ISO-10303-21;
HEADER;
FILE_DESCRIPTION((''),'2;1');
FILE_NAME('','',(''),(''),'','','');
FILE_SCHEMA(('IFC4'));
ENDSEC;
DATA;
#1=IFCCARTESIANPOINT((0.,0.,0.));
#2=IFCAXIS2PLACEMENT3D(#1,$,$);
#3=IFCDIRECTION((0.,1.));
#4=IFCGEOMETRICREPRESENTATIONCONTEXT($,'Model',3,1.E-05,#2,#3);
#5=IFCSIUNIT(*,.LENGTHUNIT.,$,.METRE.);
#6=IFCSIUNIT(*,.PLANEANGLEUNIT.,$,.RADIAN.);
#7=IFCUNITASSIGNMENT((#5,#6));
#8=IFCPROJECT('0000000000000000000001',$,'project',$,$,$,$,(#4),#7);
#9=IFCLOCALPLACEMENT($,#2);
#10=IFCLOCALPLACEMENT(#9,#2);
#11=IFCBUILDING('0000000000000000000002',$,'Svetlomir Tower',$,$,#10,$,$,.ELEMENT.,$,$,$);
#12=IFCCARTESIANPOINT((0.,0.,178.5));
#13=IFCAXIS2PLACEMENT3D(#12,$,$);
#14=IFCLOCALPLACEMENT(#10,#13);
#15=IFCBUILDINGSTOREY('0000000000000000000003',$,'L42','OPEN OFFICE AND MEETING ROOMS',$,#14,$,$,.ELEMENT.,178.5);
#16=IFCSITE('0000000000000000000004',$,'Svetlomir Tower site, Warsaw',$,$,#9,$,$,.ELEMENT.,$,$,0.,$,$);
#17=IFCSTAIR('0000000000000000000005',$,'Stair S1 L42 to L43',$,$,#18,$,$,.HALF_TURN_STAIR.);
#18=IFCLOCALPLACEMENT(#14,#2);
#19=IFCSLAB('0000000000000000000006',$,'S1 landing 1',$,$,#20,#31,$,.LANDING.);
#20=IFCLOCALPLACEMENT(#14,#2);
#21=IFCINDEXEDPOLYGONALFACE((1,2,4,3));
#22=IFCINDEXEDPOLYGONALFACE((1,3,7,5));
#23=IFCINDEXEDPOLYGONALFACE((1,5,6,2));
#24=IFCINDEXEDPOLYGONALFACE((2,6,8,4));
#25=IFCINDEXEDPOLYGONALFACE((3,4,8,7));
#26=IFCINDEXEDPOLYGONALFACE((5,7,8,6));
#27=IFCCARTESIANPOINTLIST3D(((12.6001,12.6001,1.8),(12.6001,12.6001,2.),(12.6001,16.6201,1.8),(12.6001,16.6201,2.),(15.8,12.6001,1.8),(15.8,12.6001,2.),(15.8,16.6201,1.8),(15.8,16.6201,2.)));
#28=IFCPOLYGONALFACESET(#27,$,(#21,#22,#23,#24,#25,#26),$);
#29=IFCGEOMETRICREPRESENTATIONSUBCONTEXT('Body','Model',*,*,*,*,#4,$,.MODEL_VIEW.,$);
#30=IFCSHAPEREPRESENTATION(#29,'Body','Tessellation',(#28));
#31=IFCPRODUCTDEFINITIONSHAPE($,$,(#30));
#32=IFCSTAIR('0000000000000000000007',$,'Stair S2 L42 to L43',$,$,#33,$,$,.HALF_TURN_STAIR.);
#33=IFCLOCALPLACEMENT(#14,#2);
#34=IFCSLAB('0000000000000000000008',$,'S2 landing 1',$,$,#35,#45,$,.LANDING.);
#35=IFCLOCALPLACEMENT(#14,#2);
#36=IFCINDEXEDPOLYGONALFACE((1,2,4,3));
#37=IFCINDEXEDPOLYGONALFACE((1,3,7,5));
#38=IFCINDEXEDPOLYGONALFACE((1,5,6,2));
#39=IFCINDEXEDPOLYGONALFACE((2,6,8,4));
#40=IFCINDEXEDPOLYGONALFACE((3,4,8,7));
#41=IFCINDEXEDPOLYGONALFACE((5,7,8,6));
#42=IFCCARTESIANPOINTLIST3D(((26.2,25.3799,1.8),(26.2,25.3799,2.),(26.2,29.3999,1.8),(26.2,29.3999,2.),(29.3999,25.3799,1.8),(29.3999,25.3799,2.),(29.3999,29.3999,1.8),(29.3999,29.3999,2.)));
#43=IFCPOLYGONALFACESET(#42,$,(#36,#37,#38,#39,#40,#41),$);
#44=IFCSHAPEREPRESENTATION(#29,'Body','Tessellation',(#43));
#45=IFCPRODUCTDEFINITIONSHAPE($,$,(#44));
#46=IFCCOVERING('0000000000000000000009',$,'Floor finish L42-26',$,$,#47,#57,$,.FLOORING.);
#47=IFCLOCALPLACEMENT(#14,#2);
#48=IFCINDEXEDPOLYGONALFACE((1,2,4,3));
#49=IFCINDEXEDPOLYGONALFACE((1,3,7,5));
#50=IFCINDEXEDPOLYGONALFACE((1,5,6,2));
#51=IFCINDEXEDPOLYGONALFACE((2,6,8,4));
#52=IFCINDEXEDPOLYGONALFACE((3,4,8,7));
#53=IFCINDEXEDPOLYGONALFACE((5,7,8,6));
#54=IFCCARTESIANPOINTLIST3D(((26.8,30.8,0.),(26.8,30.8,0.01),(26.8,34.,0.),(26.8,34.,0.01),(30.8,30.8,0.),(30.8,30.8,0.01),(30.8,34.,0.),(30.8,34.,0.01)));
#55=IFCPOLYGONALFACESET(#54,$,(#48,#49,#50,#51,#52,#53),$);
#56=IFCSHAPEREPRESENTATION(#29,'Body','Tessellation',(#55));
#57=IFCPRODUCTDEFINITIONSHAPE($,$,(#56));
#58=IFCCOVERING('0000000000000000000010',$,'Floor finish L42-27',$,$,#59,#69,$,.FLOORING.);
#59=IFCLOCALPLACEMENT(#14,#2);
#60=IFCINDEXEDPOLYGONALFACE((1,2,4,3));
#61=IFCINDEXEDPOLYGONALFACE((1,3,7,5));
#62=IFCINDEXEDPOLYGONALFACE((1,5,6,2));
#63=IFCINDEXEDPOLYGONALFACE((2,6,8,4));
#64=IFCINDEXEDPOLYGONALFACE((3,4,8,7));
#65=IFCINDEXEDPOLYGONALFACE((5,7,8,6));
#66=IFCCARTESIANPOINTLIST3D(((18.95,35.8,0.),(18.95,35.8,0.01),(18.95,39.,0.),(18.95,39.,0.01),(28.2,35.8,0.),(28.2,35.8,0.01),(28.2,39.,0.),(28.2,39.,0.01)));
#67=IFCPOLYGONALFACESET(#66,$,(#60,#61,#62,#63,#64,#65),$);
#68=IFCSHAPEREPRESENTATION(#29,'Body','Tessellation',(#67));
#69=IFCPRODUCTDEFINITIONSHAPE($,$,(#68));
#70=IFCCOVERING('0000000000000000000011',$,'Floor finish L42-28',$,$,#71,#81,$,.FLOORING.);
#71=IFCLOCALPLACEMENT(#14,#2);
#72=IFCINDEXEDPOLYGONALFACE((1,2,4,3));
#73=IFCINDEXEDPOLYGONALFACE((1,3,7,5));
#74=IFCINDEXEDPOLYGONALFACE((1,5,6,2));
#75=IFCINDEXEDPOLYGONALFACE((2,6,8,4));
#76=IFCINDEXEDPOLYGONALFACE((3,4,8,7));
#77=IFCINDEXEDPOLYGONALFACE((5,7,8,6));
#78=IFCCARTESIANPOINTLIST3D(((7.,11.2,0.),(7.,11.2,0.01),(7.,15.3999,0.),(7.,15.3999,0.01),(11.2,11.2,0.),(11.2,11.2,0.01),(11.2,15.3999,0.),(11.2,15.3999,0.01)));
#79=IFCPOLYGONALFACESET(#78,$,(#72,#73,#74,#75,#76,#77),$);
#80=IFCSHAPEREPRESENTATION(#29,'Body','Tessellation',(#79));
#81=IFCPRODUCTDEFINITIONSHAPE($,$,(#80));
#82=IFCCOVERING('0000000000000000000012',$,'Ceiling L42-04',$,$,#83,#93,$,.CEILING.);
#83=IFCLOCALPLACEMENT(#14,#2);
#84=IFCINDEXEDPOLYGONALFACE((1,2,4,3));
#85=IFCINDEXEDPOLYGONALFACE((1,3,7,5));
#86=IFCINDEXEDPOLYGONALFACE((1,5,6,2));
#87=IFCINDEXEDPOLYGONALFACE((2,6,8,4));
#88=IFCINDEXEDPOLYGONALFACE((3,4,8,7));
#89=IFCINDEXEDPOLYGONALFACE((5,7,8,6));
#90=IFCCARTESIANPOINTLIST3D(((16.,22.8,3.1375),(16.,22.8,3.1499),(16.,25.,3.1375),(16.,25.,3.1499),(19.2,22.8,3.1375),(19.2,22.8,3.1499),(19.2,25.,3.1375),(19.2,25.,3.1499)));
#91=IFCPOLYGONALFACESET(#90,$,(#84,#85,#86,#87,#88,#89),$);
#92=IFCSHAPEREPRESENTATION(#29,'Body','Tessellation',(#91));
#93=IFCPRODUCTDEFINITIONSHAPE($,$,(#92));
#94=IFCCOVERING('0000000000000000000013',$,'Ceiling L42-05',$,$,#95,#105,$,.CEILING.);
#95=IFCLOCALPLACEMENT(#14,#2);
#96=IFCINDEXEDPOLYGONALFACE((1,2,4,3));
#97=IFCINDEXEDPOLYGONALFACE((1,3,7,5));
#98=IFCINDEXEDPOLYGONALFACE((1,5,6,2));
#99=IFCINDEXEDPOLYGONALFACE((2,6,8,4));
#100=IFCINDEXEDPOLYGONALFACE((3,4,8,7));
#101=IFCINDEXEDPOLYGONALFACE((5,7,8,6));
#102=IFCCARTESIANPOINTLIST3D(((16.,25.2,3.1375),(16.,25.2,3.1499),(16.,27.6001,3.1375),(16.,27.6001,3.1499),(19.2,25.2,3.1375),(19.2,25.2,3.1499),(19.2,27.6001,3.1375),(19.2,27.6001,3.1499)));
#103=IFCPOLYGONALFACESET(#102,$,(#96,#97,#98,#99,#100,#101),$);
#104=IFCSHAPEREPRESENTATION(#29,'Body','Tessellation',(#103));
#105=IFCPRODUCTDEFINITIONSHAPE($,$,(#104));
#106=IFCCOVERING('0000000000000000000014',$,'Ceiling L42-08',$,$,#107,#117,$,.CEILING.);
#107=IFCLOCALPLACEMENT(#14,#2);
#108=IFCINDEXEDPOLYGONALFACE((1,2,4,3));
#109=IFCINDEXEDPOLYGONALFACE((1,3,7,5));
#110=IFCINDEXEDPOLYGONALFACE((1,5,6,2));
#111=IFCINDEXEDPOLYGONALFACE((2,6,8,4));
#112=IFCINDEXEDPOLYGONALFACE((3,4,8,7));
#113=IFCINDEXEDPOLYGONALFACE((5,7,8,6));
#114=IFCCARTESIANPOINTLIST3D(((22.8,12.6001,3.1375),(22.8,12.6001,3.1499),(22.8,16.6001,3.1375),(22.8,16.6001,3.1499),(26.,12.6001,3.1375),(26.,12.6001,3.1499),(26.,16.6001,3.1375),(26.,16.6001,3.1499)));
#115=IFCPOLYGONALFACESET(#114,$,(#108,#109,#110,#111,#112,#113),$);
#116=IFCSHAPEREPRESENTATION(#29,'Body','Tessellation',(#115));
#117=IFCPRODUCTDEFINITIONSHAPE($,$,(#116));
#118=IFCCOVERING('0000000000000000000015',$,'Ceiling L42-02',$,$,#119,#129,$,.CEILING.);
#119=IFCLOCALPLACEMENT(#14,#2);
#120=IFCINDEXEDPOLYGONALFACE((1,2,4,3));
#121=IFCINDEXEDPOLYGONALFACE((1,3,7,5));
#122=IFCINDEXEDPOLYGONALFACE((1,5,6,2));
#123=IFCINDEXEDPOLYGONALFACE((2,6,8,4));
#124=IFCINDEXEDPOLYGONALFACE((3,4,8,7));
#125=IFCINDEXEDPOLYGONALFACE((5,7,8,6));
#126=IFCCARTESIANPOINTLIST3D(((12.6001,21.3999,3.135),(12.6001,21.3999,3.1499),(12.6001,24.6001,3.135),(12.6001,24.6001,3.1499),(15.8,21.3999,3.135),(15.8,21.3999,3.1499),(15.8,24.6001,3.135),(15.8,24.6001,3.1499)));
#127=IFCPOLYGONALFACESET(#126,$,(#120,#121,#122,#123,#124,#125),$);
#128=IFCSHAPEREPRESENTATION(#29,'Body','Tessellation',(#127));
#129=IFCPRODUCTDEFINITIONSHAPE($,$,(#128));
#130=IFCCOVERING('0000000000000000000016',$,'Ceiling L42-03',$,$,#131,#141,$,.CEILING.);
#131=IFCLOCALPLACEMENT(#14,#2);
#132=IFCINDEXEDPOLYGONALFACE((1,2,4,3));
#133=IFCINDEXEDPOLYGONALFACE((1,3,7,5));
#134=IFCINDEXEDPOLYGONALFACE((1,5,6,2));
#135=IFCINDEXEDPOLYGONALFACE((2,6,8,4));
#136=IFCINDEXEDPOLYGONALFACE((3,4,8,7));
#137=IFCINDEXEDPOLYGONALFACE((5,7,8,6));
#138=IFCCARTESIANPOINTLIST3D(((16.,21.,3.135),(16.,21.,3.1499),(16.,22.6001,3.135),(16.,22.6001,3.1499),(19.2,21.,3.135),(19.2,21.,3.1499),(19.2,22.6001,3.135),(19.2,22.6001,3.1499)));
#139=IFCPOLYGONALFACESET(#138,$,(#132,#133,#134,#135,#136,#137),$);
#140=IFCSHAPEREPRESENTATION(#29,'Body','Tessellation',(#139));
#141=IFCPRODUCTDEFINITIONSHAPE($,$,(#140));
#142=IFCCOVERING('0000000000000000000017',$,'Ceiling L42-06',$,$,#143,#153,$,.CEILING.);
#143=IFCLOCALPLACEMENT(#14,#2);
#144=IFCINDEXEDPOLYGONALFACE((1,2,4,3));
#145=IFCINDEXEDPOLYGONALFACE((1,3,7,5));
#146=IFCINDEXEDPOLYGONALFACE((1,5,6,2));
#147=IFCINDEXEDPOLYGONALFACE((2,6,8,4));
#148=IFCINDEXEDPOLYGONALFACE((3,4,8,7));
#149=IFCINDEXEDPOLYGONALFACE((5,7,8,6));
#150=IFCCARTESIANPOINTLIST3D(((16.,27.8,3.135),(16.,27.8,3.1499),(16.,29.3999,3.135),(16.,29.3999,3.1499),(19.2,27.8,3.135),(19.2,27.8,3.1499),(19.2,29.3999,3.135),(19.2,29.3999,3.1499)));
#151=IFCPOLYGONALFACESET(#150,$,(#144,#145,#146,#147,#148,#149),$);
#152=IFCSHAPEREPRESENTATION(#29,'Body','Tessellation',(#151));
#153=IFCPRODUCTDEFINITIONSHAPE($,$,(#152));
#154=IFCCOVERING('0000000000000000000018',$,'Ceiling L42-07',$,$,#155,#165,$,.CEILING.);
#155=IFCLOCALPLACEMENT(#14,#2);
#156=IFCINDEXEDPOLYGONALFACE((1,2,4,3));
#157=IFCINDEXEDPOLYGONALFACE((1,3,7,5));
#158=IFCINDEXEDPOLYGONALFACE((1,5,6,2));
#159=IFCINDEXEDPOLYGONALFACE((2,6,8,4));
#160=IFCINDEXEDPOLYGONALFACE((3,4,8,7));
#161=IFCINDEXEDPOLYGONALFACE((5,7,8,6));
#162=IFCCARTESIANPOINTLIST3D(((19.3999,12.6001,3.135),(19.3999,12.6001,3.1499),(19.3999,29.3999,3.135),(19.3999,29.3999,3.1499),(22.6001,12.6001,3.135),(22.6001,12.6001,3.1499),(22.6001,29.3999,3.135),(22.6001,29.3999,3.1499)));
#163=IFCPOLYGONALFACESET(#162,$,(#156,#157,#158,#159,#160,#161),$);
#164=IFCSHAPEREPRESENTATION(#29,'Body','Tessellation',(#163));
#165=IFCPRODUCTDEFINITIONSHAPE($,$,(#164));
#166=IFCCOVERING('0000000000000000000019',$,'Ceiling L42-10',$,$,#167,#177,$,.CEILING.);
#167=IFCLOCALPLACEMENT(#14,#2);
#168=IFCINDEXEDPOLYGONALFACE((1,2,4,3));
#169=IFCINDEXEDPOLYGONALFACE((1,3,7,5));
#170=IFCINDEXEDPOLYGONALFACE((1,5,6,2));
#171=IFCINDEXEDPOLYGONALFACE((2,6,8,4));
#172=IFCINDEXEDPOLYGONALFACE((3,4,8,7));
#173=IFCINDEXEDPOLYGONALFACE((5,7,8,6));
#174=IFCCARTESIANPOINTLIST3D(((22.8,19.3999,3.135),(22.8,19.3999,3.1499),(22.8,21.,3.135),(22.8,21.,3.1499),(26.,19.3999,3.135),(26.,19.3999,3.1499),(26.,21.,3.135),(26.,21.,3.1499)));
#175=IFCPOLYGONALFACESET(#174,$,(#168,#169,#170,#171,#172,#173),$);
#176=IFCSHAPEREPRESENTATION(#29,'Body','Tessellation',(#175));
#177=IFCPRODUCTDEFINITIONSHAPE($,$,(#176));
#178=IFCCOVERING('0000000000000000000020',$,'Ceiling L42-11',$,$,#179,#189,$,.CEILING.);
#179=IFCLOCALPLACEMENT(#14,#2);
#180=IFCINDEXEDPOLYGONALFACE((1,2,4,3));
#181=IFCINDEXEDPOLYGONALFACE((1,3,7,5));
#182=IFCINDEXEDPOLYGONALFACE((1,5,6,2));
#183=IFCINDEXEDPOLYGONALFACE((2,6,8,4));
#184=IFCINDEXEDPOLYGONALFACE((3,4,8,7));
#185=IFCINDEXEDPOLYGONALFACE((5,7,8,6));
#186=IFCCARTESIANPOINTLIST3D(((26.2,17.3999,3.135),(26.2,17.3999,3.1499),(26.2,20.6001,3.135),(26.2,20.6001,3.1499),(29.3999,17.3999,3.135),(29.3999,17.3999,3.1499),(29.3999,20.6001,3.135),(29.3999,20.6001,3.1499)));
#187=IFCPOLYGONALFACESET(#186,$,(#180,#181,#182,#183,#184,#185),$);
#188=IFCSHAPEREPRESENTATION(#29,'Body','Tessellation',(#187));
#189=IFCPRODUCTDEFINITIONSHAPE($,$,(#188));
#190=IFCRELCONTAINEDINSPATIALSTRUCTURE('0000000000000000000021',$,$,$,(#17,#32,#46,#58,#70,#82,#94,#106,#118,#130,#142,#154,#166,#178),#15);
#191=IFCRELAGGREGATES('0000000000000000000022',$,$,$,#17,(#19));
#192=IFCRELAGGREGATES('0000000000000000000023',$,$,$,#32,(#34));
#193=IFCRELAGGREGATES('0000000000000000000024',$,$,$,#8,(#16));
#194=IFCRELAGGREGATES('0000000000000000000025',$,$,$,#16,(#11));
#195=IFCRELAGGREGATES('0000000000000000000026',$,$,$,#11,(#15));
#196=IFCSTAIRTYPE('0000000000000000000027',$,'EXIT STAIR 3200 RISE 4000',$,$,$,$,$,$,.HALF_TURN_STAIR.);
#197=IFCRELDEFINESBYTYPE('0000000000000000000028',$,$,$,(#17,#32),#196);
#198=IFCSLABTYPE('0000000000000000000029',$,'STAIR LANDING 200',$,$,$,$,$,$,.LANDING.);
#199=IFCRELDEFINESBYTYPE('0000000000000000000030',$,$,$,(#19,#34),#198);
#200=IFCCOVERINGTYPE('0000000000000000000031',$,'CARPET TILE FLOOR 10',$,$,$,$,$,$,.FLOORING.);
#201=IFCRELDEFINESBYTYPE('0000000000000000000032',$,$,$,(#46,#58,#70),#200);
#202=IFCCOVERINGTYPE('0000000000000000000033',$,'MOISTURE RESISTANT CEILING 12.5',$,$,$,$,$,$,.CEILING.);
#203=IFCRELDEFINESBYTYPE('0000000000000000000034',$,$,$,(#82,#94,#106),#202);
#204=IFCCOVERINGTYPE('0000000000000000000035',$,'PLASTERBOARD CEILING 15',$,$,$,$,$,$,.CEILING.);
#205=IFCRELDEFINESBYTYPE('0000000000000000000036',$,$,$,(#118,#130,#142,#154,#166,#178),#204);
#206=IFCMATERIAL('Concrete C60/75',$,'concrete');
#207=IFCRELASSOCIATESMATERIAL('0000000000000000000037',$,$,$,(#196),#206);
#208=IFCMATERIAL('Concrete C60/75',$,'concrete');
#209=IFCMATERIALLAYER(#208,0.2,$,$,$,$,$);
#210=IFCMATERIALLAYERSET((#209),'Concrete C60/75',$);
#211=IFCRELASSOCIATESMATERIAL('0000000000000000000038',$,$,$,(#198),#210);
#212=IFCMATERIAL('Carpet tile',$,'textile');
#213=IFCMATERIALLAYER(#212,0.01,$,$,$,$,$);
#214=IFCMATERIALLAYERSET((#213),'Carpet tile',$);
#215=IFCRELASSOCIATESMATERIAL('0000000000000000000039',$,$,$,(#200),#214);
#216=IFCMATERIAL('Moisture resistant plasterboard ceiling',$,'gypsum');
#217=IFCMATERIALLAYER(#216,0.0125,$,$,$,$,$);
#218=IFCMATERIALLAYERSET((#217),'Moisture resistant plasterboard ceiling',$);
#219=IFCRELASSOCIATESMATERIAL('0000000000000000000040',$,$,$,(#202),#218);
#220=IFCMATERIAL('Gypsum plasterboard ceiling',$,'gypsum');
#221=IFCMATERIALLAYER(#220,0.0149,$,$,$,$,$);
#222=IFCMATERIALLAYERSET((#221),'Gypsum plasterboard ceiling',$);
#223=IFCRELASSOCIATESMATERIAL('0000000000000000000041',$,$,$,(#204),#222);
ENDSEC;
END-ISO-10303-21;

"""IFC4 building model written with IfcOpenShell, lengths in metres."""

from ifc_helpers import new_model, si_unit, direction, frame, origin, place, context, subcontext, project, spatial, polyline, outline, extrude, material, layer, layer_set, type_object, element, aggregate, save


model = new_model("IFC4")

# Units and contexts
model_context = context("Model", 3, precision=1e-05, world=origin(), true_north=direction((0.0, 1.0)))
body_context = subcontext(model_context, "Body", "Model", "MODEL_VIEW")
ifc_project = project(units=[si_unit("LENGTHUNIT", "METRE"), si_unit("PLANEANGLEUNIT", "RADIAN")], contexts=[model_context])

# Site, building, storey
site_placement = place(None, origin())
site = spatial("IfcSite", under=ifc_project, at=site_placement, Name="Svetlomir Tower site, Warsaw", CompositionType="ELEMENT", RefElevation=0.0)
building_placement = place(site_placement, origin())
building = spatial("IfcBuilding", under=site, at=building_placement, Name="Svetlomir Tower", CompositionType="ELEMENT")
storey_placement = place(building_placement, frame((0.0, 0.0, 178.5)))
storey = spatial("IfcBuildingStorey", under=building, at=storey_placement, Name="L42", Description="OPEN OFFICE AND MEETING ROOMS", CompositionType="ELEMENT", Elevation=178.5)

# Stairs, slabs
ifc_material_1 = material(Name="Concrete C60/75", Category="concrete")
stair_type = type_object("IfcStairType", Name="EXIT STAIR 3200 RISE 4000", PredefinedType="HALF_TURN_STAIR", material=ifc_material_1)
stair_1_placement = place(storey_placement, origin())
stair_1 = element("IfcStair", 1, at=stair_1_placement, inside=storey, type_object=stair_type, Name="Stair S1 L42 to L43", PredefinedType="HALF_TURN_STAIR")
ifc_material_2 = material(Name="Concrete C60/75", Category="concrete")
ifc_layer_1 = layer(ifc_material_2, 0.2)
ifc_layer_set_1 = layer_set([ifc_layer_1], Name="Concrete C60/75")
slab_type = type_object("IfcSlabType", Name="STAIR LANDING 200", PredefinedType="LANDING", material=ifc_layer_set_1)
slab_1_placement = place(storey_placement, frame((0.0, 0.0, 1.8)))
slab_1 = element("IfcSlab", 2, at=slab_1_placement, type_object=slab_type, Name="S1 landing 1", PredefinedType="LANDING", context=body_context, shape_type="SweptSolid", body=[
    extrude(outline(polyline([(12.6001, 12.6001), (15.8, 12.6001), (15.8, 16.6201), (12.6001, 16.6201), (12.6001, 12.6001)])), origin(), (0.0, 0.0, 1.0), 0.2),
])
aggregate(stair_1, [slab_1])
stair_2_placement = place(storey_placement, origin())
stair_2 = element("IfcStair", 3, at=stair_2_placement, inside=storey, type_object=stair_type, Name="Stair S2 L42 to L43", PredefinedType="HALF_TURN_STAIR")
slab_2_placement = place(storey_placement, frame((0.0, 0.0, 1.8)))
slab_2 = element("IfcSlab", 4, at=slab_2_placement, type_object=slab_type, Name="S2 landing 1", PredefinedType="LANDING", context=body_context, shape_type="SweptSolid", body=[
    extrude(outline(polyline([(26.2, 25.3799), (29.3999, 25.3799), (29.3999, 29.3999), (26.2, 29.3999), (26.2, 25.3799)])), origin(), (0.0, 0.0, 1.0), 0.2),
])
aggregate(stair_2, [slab_2])

# Coverings
ifc_material_3 = material(Name="Carpet tile", Category="textile")
ifc_layer_2 = layer(ifc_material_3, 0.01)
ifc_layer_set_2 = layer_set([ifc_layer_2], Name="Carpet tile")
covering_type_1 = type_object("IfcCoveringType", Name="CARPET TILE FLOOR 10", PredefinedType="FLOORING", material=ifc_layer_set_2)
covering_1_placement = place(storey_placement, origin())
element("IfcCovering", 5, at=covering_1_placement, inside=storey, type_object=covering_type_1, Name="Floor finish L42-26", PredefinedType="FLOORING", context=body_context, shape_type="SweptSolid", body=[
    extrude(outline(polyline([(26.8, 30.8), (30.8, 30.8), (30.8, 34.0), (26.8, 34.0), (26.8, 30.8)])), origin(), (0.0, 0.0, 1.0), 0.01),
])
covering_2_placement = place(storey_placement, origin())
element("IfcCovering", 6, at=covering_2_placement, inside=storey, type_object=covering_type_1, Name="Floor finish L42-27", PredefinedType="FLOORING", context=body_context, shape_type="SweptSolid", body=[
    extrude(outline(polyline([(18.95, 35.8), (28.2, 35.8), (28.2, 39.0), (18.95, 39.0), (18.95, 35.8)])), origin(), (0.0, 0.0, 1.0), 0.01),
])
covering_3_placement = place(storey_placement, origin())
element("IfcCovering", 7, at=covering_3_placement, inside=storey, type_object=covering_type_1, Name="Floor finish L42-28", PredefinedType="FLOORING", context=body_context, shape_type="SweptSolid", body=[
    extrude(outline(polyline([(7.0, 11.2), (11.2, 11.2), (11.2, 15.3999), (7.0, 15.3999), (7.0, 11.2)])), origin(), (0.0, 0.0, 1.0), 0.01),
])
ifc_material_4 = material(Name="Moisture resistant plasterboard ceiling", Category="gypsum")
ifc_layer_3 = layer(ifc_material_4, 0.0125)
ifc_layer_set_3 = layer_set([ifc_layer_3], Name="Moisture resistant plasterboard ceiling")
covering_type_2 = type_object("IfcCoveringType", Name="MOISTURE RESISTANT CEILING 12.5", PredefinedType="CEILING", material=ifc_layer_set_3)
covering_4_placement = place(storey_placement, frame((0.0, 0.0, 3.1375)))
element("IfcCovering", 8, at=covering_4_placement, inside=storey, type_object=covering_type_2, Name="Ceiling L42-04", PredefinedType="CEILING", context=body_context, shape_type="SweptSolid", body=[
    extrude(outline(polyline([(16.0, 22.8), (19.2, 22.8), (19.2, 25.0), (16.0, 25.0), (16.0, 22.8)])), origin(), (0.0, 0.0, 1.0), 0.0125),
])
covering_5_placement = place(storey_placement, frame((0.0, 0.0, 3.1375)))
element("IfcCovering", 9, at=covering_5_placement, inside=storey, type_object=covering_type_2, Name="Ceiling L42-05", PredefinedType="CEILING", context=body_context, shape_type="SweptSolid", body=[
    extrude(outline(polyline([(16.0, 25.2), (19.2, 25.2), (19.2, 27.6001), (16.0, 27.6001), (16.0, 25.2)])), origin(), (0.0, 0.0, 1.0), 0.0125),
])
covering_6_placement = place(storey_placement, frame((0.0, 0.0, 3.1375)))
element("IfcCovering", 10, at=covering_6_placement, inside=storey, type_object=covering_type_2, Name="Ceiling L42-08", PredefinedType="CEILING", context=body_context, shape_type="SweptSolid", body=[
    extrude(outline(polyline([(22.8, 12.6001), (26.0, 12.6001), (26.0, 16.6001), (22.8, 16.6001), (22.8, 12.6001)])), origin(), (0.0, 0.0, 1.0), 0.0125),
])
ifc_material_5 = material(Name="Gypsum plasterboard ceiling", Category="gypsum")
ifc_layer_4 = layer(ifc_material_5, 0.0149)
ifc_layer_set_4 = layer_set([ifc_layer_4], Name="Gypsum plasterboard ceiling")
covering_type_3 = type_object("IfcCoveringType", Name="PLASTERBOARD CEILING 15", PredefinedType="CEILING", material=ifc_layer_set_4)
covering_7_placement = place(storey_placement, frame((0.0, 0.0, 3.135)))
element("IfcCovering", 11, at=covering_7_placement, inside=storey, type_object=covering_type_3, Name="Ceiling L42-02", PredefinedType="CEILING", context=body_context, shape_type="SweptSolid", body=[
    extrude(outline(polyline([(12.6001, 21.3999), (15.8, 21.3999), (15.8, 24.6001), (12.6001, 24.6001), (12.6001, 21.3999)])), origin(), (0.0, 0.0, 1.0), 0.0149),
])
covering_8_placement = place(storey_placement, frame((0.0, 0.0, 3.135)))
element("IfcCovering", 12, at=covering_8_placement, inside=storey, type_object=covering_type_3, Name="Ceiling L42-03", PredefinedType="CEILING", context=body_context, shape_type="SweptSolid", body=[
    extrude(outline(polyline([(16.0, 21.0), (19.2, 21.0), (19.2, 22.6001), (16.0, 22.6001), (16.0, 21.0)])), origin(), (0.0, 0.0, 1.0), 0.0149),
])
covering_9_placement = place(storey_placement, frame((0.0, 0.0, 3.135)))
element("IfcCovering", 13, at=covering_9_placement, inside=storey, type_object=covering_type_3, Name="Ceiling L42-06", PredefinedType="CEILING", context=body_context, shape_type="SweptSolid", body=[
    extrude(outline(polyline([(16.0, 27.8), (19.2, 27.8), (19.2, 29.3999), (16.0, 29.3999), (16.0, 27.8)])), origin(), (0.0, 0.0, 1.0), 0.0149),
])
covering_10_placement = place(storey_placement, frame((0.0, 0.0, 3.135)))
element("IfcCovering", 14, at=covering_10_placement, inside=storey, type_object=covering_type_3, Name="Ceiling L42-07", PredefinedType="CEILING", context=body_context, shape_type="SweptSolid", body=[
    extrude(outline(polyline([(19.3999, 12.6001), (22.6001, 12.6001), (22.6001, 29.3999), (19.3999, 29.3999), (19.3999, 12.6001)])), origin(), (0.0, 0.0, 1.0), 0.0149),
])
covering_11_placement = place(storey_placement, frame((0.0, 0.0, 3.135)))
element("IfcCovering", 15, at=covering_11_placement, inside=storey, type_object=covering_type_3, Name="Ceiling L42-10", PredefinedType="CEILING", context=body_context, shape_type="SweptSolid", body=[
    extrude(outline(polyline([(22.8, 19.3999), (26.0, 19.3999), (26.0, 21.0), (22.8, 21.0), (22.8, 19.3999)])), origin(), (0.0, 0.0, 1.0), 0.0149),
])
covering_12_placement = place(storey_placement, frame((0.0, 0.0, 3.135)))
element("IfcCovering", 16, at=covering_12_placement, inside=storey, type_object=covering_type_3, Name="Ceiling L42-11", PredefinedType="CEILING", context=body_context, shape_type="SweptSolid", body=[
    extrude(outline(polyline([(26.2, 17.3999), (29.3999, 17.3999), (29.3999, 20.6001), (26.2, 20.6001), (26.2, 17.3999)])), origin(), (0.0, 0.0, 1.0), 0.0149),
])

save(model, "model.ifc")
